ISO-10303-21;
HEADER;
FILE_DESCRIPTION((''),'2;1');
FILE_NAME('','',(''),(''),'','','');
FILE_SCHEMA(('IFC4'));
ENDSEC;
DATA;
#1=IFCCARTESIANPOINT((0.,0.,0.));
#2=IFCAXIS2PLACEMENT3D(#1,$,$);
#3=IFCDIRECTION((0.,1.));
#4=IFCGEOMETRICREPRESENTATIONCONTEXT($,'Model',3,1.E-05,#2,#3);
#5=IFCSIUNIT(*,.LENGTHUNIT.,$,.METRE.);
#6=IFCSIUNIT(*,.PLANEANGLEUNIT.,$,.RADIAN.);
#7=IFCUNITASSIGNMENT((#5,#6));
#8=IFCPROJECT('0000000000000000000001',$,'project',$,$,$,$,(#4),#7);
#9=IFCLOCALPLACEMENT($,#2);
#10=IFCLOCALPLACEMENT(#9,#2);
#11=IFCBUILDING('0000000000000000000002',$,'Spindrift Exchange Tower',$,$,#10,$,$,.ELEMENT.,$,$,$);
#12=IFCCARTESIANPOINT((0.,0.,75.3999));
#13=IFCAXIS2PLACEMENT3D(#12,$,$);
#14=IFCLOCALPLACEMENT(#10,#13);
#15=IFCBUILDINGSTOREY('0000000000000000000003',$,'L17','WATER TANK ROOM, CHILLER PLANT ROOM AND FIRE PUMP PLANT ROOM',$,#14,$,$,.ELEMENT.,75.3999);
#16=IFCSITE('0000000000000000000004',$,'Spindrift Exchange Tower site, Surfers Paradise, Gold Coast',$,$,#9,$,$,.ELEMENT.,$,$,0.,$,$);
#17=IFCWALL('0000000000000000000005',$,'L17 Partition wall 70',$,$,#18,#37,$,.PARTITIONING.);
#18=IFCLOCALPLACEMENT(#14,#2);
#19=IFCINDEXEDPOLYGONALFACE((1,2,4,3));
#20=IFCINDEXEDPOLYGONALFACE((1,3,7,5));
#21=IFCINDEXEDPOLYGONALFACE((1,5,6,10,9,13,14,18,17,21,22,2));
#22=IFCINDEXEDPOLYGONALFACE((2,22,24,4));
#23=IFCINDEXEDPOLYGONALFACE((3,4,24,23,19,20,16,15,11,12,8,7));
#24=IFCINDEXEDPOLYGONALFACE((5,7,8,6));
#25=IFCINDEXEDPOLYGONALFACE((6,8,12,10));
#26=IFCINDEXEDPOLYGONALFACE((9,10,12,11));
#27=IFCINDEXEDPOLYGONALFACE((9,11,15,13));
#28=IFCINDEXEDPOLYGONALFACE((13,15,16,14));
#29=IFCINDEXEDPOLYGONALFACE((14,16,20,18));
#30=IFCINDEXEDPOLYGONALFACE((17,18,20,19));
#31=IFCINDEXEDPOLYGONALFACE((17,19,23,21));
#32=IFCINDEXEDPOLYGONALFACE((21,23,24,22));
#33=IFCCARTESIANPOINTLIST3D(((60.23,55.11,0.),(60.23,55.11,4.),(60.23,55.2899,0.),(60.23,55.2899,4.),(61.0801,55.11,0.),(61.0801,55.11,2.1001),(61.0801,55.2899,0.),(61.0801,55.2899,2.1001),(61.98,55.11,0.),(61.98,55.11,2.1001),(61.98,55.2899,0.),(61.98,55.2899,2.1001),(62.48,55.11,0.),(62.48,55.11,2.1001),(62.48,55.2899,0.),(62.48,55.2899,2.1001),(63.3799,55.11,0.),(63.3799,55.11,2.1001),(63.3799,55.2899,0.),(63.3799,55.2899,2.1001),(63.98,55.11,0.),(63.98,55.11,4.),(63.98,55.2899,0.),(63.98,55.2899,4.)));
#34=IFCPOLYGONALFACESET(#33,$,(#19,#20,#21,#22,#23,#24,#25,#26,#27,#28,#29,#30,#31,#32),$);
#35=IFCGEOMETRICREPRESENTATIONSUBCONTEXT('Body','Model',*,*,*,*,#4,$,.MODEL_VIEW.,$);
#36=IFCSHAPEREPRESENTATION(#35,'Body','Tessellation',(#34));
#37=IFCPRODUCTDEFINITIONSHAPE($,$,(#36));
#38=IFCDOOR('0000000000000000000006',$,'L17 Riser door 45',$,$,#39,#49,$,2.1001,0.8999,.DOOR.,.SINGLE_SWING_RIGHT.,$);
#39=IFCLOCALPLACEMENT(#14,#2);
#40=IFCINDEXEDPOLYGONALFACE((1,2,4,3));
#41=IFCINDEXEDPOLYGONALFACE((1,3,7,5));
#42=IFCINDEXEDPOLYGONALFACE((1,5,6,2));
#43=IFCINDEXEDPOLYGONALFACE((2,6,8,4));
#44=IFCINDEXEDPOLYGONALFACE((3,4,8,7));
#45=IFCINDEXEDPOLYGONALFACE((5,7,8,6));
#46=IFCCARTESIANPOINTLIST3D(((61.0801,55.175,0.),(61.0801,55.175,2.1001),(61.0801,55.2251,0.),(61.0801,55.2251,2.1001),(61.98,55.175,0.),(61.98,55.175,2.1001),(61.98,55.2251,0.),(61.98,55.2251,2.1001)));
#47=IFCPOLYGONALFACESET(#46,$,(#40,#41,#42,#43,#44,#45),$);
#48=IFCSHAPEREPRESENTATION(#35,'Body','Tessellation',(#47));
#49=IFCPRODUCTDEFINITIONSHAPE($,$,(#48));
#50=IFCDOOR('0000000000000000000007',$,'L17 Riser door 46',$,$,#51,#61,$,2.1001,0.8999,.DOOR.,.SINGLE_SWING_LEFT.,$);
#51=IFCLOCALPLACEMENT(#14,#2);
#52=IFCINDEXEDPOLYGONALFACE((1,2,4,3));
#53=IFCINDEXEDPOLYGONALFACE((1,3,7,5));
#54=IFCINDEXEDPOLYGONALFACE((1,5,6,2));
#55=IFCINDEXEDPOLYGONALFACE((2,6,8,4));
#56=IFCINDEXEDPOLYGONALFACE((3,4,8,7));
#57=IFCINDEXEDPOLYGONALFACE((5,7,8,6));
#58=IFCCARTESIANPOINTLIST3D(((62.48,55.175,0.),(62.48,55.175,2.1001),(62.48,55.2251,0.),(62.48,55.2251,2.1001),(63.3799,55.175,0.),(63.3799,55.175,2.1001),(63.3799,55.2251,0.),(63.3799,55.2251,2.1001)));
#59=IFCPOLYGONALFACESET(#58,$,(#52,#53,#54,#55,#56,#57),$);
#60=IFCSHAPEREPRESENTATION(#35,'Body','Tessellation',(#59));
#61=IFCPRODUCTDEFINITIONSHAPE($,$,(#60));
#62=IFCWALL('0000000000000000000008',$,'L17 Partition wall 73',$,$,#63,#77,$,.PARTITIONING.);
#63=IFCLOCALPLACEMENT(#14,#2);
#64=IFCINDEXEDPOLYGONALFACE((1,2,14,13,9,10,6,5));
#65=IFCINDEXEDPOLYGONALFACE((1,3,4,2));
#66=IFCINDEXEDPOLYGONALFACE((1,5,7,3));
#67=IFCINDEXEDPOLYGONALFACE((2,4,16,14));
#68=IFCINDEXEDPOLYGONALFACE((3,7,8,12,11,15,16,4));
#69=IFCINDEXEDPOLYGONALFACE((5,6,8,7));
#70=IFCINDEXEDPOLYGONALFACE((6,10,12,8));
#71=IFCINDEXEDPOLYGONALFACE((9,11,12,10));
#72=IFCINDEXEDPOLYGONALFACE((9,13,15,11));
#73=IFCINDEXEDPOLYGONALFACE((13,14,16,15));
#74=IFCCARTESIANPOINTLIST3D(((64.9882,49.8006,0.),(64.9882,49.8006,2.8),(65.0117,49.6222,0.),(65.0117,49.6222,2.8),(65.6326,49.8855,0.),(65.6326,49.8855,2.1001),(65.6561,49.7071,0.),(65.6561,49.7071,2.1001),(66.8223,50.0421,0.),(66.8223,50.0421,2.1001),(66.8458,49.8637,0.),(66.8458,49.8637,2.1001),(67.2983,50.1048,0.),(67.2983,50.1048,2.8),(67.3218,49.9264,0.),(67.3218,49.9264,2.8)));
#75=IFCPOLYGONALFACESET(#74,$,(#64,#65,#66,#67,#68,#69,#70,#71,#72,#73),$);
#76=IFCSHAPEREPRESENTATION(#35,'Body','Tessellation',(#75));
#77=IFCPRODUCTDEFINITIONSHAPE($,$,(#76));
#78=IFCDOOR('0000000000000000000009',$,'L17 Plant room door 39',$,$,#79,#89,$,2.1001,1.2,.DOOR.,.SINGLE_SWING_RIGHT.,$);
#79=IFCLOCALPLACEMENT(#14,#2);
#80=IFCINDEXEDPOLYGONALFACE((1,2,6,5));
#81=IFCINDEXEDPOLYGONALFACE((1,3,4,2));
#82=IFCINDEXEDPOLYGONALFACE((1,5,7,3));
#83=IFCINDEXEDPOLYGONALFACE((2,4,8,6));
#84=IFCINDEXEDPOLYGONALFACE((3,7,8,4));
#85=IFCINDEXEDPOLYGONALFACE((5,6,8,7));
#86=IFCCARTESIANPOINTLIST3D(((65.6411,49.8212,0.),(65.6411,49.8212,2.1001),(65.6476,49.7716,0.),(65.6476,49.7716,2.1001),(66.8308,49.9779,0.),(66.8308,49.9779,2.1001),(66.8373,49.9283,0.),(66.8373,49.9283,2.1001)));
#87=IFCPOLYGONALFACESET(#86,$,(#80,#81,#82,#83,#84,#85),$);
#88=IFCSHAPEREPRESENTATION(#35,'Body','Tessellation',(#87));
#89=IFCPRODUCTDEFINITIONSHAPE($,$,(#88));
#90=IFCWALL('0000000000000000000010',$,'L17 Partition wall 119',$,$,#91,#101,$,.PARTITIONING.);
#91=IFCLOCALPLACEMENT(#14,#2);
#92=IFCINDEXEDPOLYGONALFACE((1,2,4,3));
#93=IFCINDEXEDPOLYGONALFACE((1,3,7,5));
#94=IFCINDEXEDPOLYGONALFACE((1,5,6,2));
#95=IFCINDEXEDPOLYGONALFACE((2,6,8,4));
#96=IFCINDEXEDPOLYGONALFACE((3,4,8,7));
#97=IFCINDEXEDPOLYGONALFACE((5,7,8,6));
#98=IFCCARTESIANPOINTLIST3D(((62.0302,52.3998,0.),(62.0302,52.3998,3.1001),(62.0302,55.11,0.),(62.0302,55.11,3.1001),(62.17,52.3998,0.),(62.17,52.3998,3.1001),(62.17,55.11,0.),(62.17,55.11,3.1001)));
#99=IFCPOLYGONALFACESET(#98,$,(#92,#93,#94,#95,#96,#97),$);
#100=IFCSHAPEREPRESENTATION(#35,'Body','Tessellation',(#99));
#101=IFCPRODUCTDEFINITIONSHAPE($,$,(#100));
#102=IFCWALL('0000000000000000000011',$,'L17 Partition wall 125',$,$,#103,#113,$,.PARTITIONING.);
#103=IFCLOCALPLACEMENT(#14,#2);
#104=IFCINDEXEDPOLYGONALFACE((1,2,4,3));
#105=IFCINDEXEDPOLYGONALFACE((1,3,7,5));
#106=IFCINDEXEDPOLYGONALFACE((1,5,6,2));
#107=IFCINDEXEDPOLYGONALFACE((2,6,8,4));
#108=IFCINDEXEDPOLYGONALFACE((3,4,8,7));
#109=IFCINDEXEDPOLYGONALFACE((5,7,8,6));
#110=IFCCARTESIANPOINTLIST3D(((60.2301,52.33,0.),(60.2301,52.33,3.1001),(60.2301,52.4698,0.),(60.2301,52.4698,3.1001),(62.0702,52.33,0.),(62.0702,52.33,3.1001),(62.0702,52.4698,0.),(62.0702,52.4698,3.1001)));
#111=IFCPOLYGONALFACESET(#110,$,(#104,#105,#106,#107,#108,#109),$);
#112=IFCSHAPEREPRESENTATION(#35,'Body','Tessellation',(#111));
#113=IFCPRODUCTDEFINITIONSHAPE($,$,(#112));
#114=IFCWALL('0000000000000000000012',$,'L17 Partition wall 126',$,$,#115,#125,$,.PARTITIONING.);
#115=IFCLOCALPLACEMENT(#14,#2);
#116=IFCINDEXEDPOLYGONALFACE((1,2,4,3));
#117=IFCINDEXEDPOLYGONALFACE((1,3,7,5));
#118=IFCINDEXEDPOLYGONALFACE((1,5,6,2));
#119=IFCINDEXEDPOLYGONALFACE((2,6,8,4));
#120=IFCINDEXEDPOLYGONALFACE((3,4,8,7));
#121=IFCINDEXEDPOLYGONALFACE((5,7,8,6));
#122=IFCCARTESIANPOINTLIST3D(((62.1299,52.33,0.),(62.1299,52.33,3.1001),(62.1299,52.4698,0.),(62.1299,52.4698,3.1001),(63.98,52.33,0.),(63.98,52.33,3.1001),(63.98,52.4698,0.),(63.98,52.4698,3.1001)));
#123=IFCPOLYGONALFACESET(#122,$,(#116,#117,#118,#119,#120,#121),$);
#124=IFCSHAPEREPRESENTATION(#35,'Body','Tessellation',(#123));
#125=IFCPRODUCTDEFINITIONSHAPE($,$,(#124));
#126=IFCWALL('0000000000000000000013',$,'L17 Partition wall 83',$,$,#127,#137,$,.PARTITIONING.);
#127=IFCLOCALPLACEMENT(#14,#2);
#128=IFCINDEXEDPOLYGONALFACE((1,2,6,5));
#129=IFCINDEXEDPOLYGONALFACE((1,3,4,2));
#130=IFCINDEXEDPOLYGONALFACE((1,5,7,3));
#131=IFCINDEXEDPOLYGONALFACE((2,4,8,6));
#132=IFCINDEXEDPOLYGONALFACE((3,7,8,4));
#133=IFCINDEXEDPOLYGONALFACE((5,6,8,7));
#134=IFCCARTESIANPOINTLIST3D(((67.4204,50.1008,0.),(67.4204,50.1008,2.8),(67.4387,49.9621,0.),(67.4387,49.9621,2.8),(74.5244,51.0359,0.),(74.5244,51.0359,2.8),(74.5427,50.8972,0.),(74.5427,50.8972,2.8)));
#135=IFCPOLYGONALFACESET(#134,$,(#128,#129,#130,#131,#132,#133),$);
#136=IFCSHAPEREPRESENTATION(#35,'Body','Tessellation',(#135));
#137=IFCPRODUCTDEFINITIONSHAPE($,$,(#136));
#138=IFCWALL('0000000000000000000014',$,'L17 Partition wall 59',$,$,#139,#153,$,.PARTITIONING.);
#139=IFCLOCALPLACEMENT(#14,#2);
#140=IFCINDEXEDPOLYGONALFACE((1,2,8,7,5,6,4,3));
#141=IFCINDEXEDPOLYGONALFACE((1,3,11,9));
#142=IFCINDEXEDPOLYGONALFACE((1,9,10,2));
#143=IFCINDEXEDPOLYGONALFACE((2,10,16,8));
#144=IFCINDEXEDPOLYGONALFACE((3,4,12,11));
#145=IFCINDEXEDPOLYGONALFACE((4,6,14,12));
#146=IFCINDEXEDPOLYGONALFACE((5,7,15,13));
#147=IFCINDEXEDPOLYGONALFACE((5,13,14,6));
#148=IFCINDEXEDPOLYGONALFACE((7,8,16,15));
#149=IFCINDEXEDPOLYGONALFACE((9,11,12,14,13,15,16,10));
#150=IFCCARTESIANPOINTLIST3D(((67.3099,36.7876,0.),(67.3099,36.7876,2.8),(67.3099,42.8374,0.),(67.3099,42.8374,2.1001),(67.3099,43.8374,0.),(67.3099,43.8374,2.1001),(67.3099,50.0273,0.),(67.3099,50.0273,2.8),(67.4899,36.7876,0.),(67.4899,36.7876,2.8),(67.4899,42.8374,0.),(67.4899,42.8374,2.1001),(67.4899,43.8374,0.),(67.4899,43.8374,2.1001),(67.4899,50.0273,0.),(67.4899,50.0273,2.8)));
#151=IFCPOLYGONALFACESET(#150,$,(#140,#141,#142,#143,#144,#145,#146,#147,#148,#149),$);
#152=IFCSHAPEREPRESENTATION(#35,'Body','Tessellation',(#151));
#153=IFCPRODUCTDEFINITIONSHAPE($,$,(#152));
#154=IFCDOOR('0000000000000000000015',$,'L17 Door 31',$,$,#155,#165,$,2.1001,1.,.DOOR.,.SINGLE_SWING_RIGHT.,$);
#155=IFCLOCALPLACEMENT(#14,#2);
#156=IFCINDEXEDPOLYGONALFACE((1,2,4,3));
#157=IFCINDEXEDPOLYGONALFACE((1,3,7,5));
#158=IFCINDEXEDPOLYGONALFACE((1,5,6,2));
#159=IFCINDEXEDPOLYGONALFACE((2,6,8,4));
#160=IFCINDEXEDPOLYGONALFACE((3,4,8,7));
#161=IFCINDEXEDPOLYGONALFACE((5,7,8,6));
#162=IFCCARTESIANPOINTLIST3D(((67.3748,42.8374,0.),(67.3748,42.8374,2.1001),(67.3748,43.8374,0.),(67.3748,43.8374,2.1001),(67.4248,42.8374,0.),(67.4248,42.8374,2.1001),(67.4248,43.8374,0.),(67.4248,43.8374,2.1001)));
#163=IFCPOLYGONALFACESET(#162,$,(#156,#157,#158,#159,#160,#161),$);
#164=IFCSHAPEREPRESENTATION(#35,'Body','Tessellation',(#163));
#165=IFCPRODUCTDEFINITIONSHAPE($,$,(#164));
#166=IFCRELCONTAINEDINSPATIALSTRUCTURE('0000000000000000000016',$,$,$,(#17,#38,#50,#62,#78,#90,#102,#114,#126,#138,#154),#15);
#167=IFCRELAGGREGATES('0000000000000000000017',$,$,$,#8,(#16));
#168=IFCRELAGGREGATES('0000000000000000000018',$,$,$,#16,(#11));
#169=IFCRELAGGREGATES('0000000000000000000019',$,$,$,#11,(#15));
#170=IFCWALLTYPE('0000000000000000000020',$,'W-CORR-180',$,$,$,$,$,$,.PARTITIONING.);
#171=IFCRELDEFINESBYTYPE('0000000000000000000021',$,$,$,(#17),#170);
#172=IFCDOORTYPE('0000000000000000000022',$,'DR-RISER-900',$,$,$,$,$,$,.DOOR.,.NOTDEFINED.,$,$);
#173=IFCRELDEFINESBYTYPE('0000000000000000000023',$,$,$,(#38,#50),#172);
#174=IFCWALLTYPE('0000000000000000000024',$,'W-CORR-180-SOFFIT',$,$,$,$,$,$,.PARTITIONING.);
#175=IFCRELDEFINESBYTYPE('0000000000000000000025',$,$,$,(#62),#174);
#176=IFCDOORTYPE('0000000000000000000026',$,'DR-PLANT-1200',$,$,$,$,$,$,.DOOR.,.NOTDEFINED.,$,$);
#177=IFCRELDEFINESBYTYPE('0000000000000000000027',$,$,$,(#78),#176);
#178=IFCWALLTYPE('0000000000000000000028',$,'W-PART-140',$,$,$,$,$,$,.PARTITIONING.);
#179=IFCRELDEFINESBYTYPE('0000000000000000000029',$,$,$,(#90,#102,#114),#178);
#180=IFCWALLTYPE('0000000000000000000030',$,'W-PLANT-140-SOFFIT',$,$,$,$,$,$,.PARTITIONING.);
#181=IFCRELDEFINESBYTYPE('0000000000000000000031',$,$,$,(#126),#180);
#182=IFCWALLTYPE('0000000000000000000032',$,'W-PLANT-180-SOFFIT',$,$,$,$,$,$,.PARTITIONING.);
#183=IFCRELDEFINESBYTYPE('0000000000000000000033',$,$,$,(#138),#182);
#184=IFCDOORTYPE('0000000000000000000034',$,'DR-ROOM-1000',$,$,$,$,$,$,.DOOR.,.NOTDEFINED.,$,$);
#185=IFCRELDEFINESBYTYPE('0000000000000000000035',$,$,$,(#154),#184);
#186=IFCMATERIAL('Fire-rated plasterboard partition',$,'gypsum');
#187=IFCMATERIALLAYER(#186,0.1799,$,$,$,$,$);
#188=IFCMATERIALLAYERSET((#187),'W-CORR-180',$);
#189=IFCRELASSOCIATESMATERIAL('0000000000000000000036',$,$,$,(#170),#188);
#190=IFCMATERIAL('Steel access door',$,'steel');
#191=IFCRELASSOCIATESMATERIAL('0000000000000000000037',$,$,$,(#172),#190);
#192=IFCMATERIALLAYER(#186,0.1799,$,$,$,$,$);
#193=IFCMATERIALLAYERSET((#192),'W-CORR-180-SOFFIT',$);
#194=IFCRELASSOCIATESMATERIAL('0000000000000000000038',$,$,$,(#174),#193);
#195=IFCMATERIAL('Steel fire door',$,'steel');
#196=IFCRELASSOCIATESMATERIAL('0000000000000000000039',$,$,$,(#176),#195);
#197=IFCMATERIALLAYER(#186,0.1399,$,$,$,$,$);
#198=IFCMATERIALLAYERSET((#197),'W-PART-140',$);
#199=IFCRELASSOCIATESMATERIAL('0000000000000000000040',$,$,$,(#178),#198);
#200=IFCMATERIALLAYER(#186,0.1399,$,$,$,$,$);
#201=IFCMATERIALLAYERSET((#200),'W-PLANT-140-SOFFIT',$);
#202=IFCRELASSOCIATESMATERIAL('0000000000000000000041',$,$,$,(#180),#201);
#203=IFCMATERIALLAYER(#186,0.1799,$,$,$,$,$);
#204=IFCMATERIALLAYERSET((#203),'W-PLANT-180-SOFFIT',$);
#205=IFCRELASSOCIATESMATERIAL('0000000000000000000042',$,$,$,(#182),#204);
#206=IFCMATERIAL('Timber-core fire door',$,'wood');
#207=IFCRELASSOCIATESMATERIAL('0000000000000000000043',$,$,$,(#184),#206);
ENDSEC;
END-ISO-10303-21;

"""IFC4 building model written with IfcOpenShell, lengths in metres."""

from ifc_helpers import new_model, si_unit, direction, frame, frame_2d, origin, place, context, subcontext, project, spatial, rectangle, extrude, source, transform, mapped, material, layer, layer_set, type_object, element, fill, save


model = new_model("IFC4")

# Units and contexts
model_context = context("Model", 3, precision=1e-05, world=origin(), true_north=direction((0.0, 1.0)))
body_context = subcontext(model_context, "Body", "Model", "MODEL_VIEW")
ifc_project = project(units=[si_unit("LENGTHUNIT", "METRE"), si_unit("PLANEANGLEUNIT", "RADIAN")], contexts=[model_context])

# Site, building, storey
site_placement = place(None, origin())
site = spatial("IfcSite", under=ifc_project, at=site_placement, Name="Spindrift Exchange Tower site, Surfers Paradise, Gold Coast", CompositionType="ELEMENT", RefElevation=0.0)
building_placement = place(site_placement, origin())
building = spatial("IfcBuilding", under=site, at=building_placement, Name="Spindrift Exchange Tower", CompositionType="ELEMENT")
storey_placement = place(building_placement, frame((0.0, 0.0, 75.3999)))
storey = spatial("IfcBuildingStorey", under=building, at=storey_placement, Name="L17", Description="WATER TANK ROOM, CHILLER PLANT ROOM AND FIRE PUMP PLANT ROOM", CompositionType="ELEMENT", Elevation=75.3999)

# Wall, openings, doors
ifc_material_1 = material(Name="Steel fire door", Category="steel")
ifc_material_2 = material(Name="Fire-rated plasterboard partition", Category="gypsum")
ifc_layer_1 = layer(ifc_material_2, 0.1799)
ifc_layer_set_1 = layer_set([ifc_layer_1], Name="W-CORR-180")
wall_type_1 = type_object("IfcWallType", Name="W-CORR-180", PredefinedType="PARTITIONING", material=ifc_layer_set_1)
wall_1_placement = place(storey_placement, frame((63.98, 55.2, 0.0), z_axis=(0.0, 0.0, 1.0), x_axis=(-1.0, 0.0, 0.0)))
wall_1 = element("IfcWall", 1, at=wall_1_placement, inside=storey, type_object=wall_type_1, Name="L17 Partition wall 70", PredefinedType="PARTITIONING", context=body_context, shape_type="SweptSolid", body=[
    extrude(rectangle(XDim=3.75, YDim=0.1799, at=frame_2d((1.875, 0.0))), origin(), (0.0, 0.0, 1.0), 4.0),
])
opening_1_placement = place(wall_1_placement, frame((2.0, 0.0, 0.0)))
opening_1 = element("IfcOpeningElement", 2, at=opening_1_placement, cuts=wall_1, PredefinedType="OPENING", context=body_context, shape_type="SweptSolid", body=[
    extrude(rectangle(XDim=0.8999, YDim=2.1001, at=frame_2d((0.45, 1.05))), frame((0.0, 0.0999, 0.0), z_axis=(0.0, -1.0, 0.0), x_axis=(1.0, 0.0, 0.0)), (0.0, 0.0, 1.0), 0.2),
])
opening_2_placement = place(wall_1_placement, frame((0.6001, 0.0, 0.0)))
opening_2 = element("IfcOpeningElement", 3, at=opening_2_placement, cuts=wall_1, PredefinedType="OPENING", context=body_context, shape_type="SweptSolid", body=[
    extrude(rectangle(XDim=0.8999, YDim=2.1001, at=frame_2d((0.45, 1.05))), frame((0.0, 0.0999, 0.0), z_axis=(0.0, -1.0, 0.0), x_axis=(1.0, 0.0, 0.0)), (0.0, 0.0, 1.0), 0.2),
])
ifc_material_3 = material(Name="Steel access door", Category="steel")
door_type_1 = type_object("IfcDoorType", Name="DR-RISER-900", OperationType="NOTDEFINED", PredefinedType="DOOR", material=ifc_material_3)
shared_shape_1 = source(origin(), body_context, "Body", "SweptSolid", [
    extrude(rectangle(XDim=0.8999, YDim=2.1001, at=frame_2d((0.45, 1.05))), frame((0.0, 0.0249, 0.0), z_axis=(0.0, -1.0, 0.0), x_axis=(1.0, 0.0, 0.0)), (0.0, 0.0, 1.0), 0.05),
])
door_1_placement = place(opening_1_placement, origin())
door_1 = element("IfcDoor", 4, at=door_1_placement, inside=storey, type_object=door_type_1, Name="L17 Riser door 45", OperationType="SINGLE_SWING_RIGHT", OverallHeight=2.1001, OverallWidth=0.8999, PredefinedType="DOOR", context=body_context, shape_type="MappedRepresentation", body=[
    mapped(shared_shape_1, transform((0.0, 0.0, 0.0), scale=1.0)),
])
fill(opening_1, door_1)
door_2_placement = place(opening_2_placement, origin())
door_2 = element("IfcDoor", 5, at=door_2_placement, inside=storey, type_object=door_type_1, Name="L17 Riser door 46", OperationType="SINGLE_SWING_LEFT", OverallHeight=2.1001, OverallWidth=0.8999, PredefinedType="DOOR", context=body_context, shape_type="MappedRepresentation", body=[
    mapped(shared_shape_1, transform((0.0, 0.0, 0.0), scale=1.0)),
])
fill(opening_2, door_2)

# Wall, opening, door
ifc_layer_2 = layer(ifc_material_2, 0.1799)
ifc_layer_set_2 = layer_set([ifc_layer_2], Name="W-CORR-180-SOFFIT")
wall_type_2 = type_object("IfcWallType", Name="W-CORR-180-SOFFIT", PredefinedType="PARTITIONING", material=ifc_layer_set_2)
wall_2_placement = place(storey_placement, frame((67.3101, 50.0156, 0.0), z_axis=(0.0, 0.0, 1.0), x_axis=(-0.991441, -0.130558, 0.0)))
wall_2 = element("IfcWall", 6, at=wall_2_placement, inside=storey, type_object=wall_type_2, Name="L17 Partition wall 73", PredefinedType="PARTITIONING", context=body_context, shape_type="SweptSolid", body=[
    extrude(rectangle(XDim=2.3301, YDim=0.1799, at=frame_2d((1.165, 0.0))), origin(), (0.0, 0.0, 1.0), 2.8),
])
opening_3_placement = place(wall_2_placement, frame((0.48, 0.0, 0.0)))
opening_3 = element("IfcOpeningElement", 7, at=opening_3_placement, cuts=wall_2, PredefinedType="OPENING", context=body_context, shape_type="SweptSolid", body=[
    extrude(rectangle(XDim=1.2, YDim=2.1001, at=frame_2d((0.6001, 1.05))), frame((0.0, 0.0999, 0.0), z_axis=(0.0, -1.0, 0.0), x_axis=(1.0, 0.0, 0.0)), (0.0, 0.0, 1.0), 0.2),
])
door_type_2 = type_object("IfcDoorType", Name="DR-PLANT-1200", OperationType="NOTDEFINED", PredefinedType="DOOR", material=ifc_material_1)
shared_shape_2 = source(origin(), body_context, "Body", "SweptSolid", [
    extrude(rectangle(XDim=1.2, YDim=2.1001, at=frame_2d((0.6001, 1.05))), frame((0.0, 0.0249, 0.0), z_axis=(0.0, -1.0, 0.0), x_axis=(1.0, 0.0, 0.0)), (0.0, 0.0, 1.0), 0.05),
])
door_3_placement = place(opening_3_placement, origin())
door_3 = element("IfcDoor", 8, at=door_3_placement, inside=storey, type_object=door_type_2, Name="L17 Plant room door 39", OperationType="SINGLE_SWING_RIGHT", OverallHeight=2.1001, OverallWidth=1.2, PredefinedType="DOOR", context=body_context, shape_type="MappedRepresentation", body=[
    mapped(shared_shape_2, transform((0.0, 0.0, 0.0), scale=1.0)),
])
fill(opening_3, door_3)

# Walls
ifc_layer_3 = layer(ifc_material_2, 0.1399)
ifc_layer_set_3 = layer_set([ifc_layer_3], Name="W-PART-140")
wall_type_3 = type_object("IfcWallType", Name="W-PART-140", PredefinedType="PARTITIONING", material=ifc_layer_set_3)
wall_3_placement = place(storey_placement, frame((62.1001, 52.3999, 0.0), z_axis=(0.0, 0.0, 1.0), x_axis=(0.0, 1.0, 0.0)))
element("IfcWall", 9, at=wall_3_placement, inside=storey, type_object=wall_type_3, Name="L17 Partition wall 119", PredefinedType="PARTITIONING", context=body_context, shape_type="SweptSolid", body=[
    extrude(rectangle(XDim=2.7102, YDim=0.1399, at=frame_2d((1.355, 0.0))), origin(), (0.0, 0.0, 1.0), 3.1001),
])
wall_4_placement = place(storey_placement, frame((62.0701, 52.3999, 0.0), z_axis=(0.0, 0.0, 1.0), x_axis=(-1.0, 0.0, 0.0)))
element("IfcWall", 10, at=wall_4_placement, inside=storey, type_object=wall_type_3, Name="L17 Partition wall 125", PredefinedType="PARTITIONING", context=body_context, shape_type="SweptSolid", body=[
    extrude(rectangle(XDim=1.8401, YDim=0.1399, at=frame_2d((0.9199, 0.0))), origin(), (0.0, 0.0, 1.0), 3.1001),
])
wall_5_placement = place(storey_placement, frame((63.98, 52.3999, 0.0), z_axis=(0.0, 0.0, 1.0), x_axis=(-1.0, 0.0, 0.0)))
element("IfcWall", 11, at=wall_5_placement, inside=storey, type_object=wall_type_3, Name="L17 Partition wall 126", PredefinedType="PARTITIONING", context=body_context, shape_type="SweptSolid", body=[
    extrude(rectangle(XDim=1.8501, YDim=0.1399, at=frame_2d((0.925, 0.0))), origin(), (0.0, 0.0, 1.0), 3.1001),
])
ifc_layer_4 = layer(ifc_material_2, 0.1399)
ifc_layer_set_4 = layer_set([ifc_layer_4], Name="W-PLANT-140-SOFFIT")
wall_type_4 = type_object("IfcWallType", Name="W-PLANT-140-SOFFIT", PredefinedType="PARTITIONING", material=ifc_layer_set_4)
wall_6_placement = place(storey_placement, frame((67.4297, 50.0315, 0.0), z_axis=(0.0, 0.0, 1.0), x_axis=(0.991448, 0.130499, 0.0)))
element("IfcWall", 12, at=wall_6_placement, inside=storey, type_object=wall_type_4, Name="L17 Partition wall 83", PredefinedType="PARTITIONING", context=body_context, shape_type="SweptSolid", body=[
    extrude(rectangle(XDim=7.1653, YDim=0.1399, at=frame_2d((3.5825, 0.0))), origin(), (0.0, 0.0, 1.0), 2.8),
])

# Wall, opening, door
ifc_layer_5 = layer(ifc_material_2, 0.1799)
ifc_layer_set_5 = layer_set([ifc_layer_5], Name="W-PLANT-180-SOFFIT")
wall_type_5 = type_object("IfcWallType", Name="W-PLANT-180-SOFFIT", PredefinedType="PARTITIONING", material=ifc_layer_set_5)
wall_7_placement = place(storey_placement, frame((67.3999, 50.0273, 0.0), z_axis=(0.0, 0.0, 1.0), x_axis=(0.0, -1.0, 0.0)))
wall_7 = element("IfcWall", 13, at=wall_7_placement, inside=storey, type_object=wall_type_5, Name="L17 Partition wall 59", PredefinedType="PARTITIONING", context=body_context, shape_type="SweptSolid", body=[
    extrude(rectangle(XDim=13.2397, YDim=0.1799, at=frame_2d((6.6199, 0.0))), origin(), (0.0, 0.0, 1.0), 2.8),
])
opening_4_placement = place(wall_7_placement, frame((6.1899, 0.0, 0.0)))
opening_4 = element("IfcOpeningElement", 14, at=opening_4_placement, cuts=wall_7, PredefinedType="OPENING", context=body_context, shape_type="SweptSolid", body=[
    extrude(rectangle(XDim=1.0, YDim=2.1001, at=frame_2d((0.5, 1.05))), frame((0.0, 0.0999, 0.0), z_axis=(0.0, -1.0, 0.0), x_axis=(1.0, 0.0, 0.0)), (0.0, 0.0, 1.0), 0.2),
])
ifc_material_4 = material(Name="Timber-core fire door", Category="wood")
door_type_3 = type_object("IfcDoorType", Name="DR-ROOM-1000", OperationType="NOTDEFINED", PredefinedType="DOOR", material=ifc_material_4)
shared_shape_3 = source(origin(), body_context, "Body", "SweptSolid", [
    extrude(rectangle(XDim=1.0, YDim=2.1001, at=frame_2d((0.5, 1.05))), frame((0.0, 0.0249, 0.0), z_axis=(0.0, -1.0, 0.0), x_axis=(1.0, 0.0, 0.0)), (0.0, 0.0, 1.0), 0.05),
])
door_4_placement = place(opening_4_placement, origin())
door_4 = element("IfcDoor", 15, at=door_4_placement, inside=storey, type_object=door_type_3, Name="L17 Door 31", OperationType="SINGLE_SWING_RIGHT", OverallHeight=2.1001, OverallWidth=1.0, PredefinedType="DOOR", context=body_context, shape_type="MappedRepresentation", body=[
    mapped(shared_shape_3, transform((0.0, 0.0, 0.0), scale=1.0)),
])
fill(opening_4, door_4)

save(model, "model.ifc")
